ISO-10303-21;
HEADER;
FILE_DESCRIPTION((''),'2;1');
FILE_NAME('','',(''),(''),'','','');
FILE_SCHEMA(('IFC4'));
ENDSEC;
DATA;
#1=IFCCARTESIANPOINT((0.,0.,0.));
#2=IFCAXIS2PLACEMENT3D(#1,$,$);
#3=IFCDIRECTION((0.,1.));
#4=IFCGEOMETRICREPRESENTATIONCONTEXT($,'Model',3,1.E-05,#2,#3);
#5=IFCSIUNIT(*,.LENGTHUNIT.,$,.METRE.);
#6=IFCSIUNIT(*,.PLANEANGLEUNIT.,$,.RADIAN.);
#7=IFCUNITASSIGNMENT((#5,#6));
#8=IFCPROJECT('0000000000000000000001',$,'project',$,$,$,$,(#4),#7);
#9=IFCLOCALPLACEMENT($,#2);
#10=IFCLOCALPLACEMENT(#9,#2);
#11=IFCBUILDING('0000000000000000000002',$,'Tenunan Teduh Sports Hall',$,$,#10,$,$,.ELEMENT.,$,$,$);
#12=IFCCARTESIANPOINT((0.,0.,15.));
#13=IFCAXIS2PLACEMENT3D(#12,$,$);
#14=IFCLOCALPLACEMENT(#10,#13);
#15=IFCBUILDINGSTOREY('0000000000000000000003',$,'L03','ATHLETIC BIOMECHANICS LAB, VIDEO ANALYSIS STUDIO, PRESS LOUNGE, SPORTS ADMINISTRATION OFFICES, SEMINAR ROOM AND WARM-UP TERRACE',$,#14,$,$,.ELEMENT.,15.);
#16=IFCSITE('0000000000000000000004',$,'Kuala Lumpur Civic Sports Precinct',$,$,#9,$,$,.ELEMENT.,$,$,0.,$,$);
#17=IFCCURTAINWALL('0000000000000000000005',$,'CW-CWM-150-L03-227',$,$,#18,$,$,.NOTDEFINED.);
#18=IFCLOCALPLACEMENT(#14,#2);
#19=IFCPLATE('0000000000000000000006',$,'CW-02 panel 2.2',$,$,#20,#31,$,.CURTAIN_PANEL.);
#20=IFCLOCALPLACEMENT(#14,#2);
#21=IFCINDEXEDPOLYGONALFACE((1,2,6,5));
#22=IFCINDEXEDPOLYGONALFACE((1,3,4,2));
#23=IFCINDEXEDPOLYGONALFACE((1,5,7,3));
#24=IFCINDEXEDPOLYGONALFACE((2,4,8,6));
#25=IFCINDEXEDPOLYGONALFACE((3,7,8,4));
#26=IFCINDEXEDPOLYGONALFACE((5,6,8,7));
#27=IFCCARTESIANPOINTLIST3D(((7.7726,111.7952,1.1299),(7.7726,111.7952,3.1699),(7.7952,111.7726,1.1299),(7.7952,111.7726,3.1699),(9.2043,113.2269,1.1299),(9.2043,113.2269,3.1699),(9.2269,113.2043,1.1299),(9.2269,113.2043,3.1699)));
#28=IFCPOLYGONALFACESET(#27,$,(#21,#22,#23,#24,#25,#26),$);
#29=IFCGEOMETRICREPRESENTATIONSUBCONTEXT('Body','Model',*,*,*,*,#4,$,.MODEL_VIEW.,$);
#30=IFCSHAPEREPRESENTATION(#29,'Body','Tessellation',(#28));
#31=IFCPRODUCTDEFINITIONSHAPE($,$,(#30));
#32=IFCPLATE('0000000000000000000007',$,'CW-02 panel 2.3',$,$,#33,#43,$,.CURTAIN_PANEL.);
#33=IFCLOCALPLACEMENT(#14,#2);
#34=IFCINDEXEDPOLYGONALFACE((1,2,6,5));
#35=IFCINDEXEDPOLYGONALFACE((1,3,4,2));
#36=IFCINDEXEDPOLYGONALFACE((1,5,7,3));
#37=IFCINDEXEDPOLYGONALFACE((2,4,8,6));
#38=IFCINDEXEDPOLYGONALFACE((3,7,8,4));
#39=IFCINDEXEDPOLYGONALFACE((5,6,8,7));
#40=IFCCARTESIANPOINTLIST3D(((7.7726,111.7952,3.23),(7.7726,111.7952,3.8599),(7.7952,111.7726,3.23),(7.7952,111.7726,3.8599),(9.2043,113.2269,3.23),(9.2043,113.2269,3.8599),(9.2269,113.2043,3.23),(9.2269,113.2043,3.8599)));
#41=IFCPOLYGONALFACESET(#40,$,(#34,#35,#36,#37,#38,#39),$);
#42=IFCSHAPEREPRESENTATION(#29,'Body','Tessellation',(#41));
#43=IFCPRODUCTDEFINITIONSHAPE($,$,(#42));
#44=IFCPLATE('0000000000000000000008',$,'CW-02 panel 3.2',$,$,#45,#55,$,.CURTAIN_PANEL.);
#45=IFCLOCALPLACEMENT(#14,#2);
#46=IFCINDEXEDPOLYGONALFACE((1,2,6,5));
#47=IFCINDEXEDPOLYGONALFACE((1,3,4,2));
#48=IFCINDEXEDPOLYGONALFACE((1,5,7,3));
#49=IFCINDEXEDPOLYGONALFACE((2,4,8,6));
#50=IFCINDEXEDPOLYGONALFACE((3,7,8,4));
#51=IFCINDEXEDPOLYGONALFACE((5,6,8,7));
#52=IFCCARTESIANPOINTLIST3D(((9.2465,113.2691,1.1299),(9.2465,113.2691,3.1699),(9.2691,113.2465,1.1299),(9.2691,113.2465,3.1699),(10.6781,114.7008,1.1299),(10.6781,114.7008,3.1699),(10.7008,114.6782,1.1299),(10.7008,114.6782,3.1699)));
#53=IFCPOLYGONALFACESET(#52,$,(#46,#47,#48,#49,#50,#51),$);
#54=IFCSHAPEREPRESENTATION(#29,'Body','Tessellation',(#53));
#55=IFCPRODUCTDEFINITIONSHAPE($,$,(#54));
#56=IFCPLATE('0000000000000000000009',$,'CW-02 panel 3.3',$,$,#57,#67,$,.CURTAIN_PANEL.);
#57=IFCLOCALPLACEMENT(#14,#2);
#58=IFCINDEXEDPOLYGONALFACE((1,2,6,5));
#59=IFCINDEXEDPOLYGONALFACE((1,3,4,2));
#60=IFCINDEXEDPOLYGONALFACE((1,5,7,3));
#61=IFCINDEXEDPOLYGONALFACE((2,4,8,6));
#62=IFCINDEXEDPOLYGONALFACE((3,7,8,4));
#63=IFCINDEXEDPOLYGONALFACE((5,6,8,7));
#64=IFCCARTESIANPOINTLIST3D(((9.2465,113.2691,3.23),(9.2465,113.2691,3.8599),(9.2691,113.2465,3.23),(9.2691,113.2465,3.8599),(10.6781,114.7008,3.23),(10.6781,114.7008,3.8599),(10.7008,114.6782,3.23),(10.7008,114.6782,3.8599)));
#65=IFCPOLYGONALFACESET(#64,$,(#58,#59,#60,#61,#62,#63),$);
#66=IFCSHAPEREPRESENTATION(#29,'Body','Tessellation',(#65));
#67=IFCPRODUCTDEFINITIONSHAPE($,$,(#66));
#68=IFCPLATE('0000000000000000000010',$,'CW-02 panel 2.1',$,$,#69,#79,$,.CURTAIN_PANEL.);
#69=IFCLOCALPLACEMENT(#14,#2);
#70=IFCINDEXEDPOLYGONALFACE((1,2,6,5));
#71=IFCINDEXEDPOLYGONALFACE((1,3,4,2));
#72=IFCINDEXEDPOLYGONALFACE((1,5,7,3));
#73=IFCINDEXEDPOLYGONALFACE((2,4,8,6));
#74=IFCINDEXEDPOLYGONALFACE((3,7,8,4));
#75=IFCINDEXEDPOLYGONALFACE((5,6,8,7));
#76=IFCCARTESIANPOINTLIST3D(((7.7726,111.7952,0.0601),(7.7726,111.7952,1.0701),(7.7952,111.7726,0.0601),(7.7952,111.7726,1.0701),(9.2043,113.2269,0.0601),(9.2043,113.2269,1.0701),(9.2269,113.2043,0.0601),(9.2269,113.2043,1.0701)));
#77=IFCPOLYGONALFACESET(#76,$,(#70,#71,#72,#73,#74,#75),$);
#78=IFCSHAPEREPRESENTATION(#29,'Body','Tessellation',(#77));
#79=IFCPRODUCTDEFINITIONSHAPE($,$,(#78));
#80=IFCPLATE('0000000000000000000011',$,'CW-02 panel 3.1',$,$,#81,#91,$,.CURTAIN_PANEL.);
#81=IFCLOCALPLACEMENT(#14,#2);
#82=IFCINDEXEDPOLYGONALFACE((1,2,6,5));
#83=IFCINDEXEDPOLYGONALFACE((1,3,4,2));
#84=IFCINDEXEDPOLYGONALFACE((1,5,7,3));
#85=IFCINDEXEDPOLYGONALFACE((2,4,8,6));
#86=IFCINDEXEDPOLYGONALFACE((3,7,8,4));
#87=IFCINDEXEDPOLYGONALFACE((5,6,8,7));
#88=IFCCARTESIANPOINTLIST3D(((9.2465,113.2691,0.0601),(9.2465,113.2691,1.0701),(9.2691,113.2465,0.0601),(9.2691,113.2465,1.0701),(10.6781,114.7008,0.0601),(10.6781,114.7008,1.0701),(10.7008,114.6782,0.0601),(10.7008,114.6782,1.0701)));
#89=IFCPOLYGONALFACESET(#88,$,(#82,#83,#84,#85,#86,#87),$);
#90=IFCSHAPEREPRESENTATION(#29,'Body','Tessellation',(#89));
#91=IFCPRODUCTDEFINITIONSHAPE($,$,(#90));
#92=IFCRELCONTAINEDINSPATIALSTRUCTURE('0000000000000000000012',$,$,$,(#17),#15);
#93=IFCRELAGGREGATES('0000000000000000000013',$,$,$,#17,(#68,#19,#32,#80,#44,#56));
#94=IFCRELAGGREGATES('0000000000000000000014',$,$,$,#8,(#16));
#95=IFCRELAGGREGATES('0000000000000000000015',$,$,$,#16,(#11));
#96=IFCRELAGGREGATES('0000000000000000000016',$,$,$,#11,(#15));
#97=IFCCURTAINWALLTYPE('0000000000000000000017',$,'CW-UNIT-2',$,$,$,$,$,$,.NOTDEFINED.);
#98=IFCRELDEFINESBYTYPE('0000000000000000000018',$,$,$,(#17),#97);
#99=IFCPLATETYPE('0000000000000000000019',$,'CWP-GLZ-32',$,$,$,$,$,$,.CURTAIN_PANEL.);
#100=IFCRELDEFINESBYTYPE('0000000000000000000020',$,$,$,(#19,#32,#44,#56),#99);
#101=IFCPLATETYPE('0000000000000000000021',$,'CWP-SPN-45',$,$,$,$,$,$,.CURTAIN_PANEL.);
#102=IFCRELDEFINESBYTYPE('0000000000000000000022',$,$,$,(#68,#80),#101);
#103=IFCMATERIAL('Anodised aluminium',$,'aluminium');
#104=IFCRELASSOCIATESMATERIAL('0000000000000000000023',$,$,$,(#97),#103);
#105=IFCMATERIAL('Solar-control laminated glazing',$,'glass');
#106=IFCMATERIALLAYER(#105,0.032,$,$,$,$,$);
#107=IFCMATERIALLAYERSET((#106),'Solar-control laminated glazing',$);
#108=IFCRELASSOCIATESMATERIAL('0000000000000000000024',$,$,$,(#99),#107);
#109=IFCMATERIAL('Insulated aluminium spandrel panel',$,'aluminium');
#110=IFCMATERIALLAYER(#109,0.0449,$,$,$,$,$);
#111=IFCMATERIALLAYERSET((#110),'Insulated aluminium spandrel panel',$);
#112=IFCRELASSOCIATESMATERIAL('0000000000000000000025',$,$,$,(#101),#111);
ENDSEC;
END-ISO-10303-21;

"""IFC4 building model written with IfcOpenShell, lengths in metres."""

from ifc_helpers import new_model, si_unit, direction, frame, origin, origin_2d, place, context, subcontext, project, spatial, rectangle, extrude, material, layer, layer_set, type_object, element, aggregate, save


model = new_model("IFC4")

# Units and contexts
model_context = context("Model", 3, precision=1e-05, world=origin(), true_north=direction((0.0, 1.0)))
body_context = subcontext(model_context, "Body", "Model", "MODEL_VIEW")
ifc_project = project(units=[si_unit("LENGTHUNIT", "METRE"), si_unit("PLANEANGLEUNIT", "RADIAN")], contexts=[model_context])

# Site, building, storey
site_placement = place(None, origin())
site = spatial("IfcSite", under=ifc_project, at=site_placement, Name="Kuala Lumpur Civic Sports Precinct", CompositionType="ELEMENT", RefElevation=0.0)
building_placement = place(site_placement, origin())
building = spatial("IfcBuilding", under=site, at=building_placement, Name="Tenunan Teduh Sports Hall", CompositionType="ELEMENT")
storey_placement = place(building_placement, frame((0.0, 0.0, 15.0)))
storey = spatial("IfcBuildingStorey", under=building, at=storey_placement, Name="L03", Description="ATHLETIC BIOMECHANICS LAB, VIDEO ANALYSIS STUDIO, PRESS LOUNGE, SPORTS ADMINISTRATION OFFICES, SEMINAR ROOM AND WARM-UP TERRACE", CompositionType="ELEMENT", Elevation=15.0)

# Curtain wall, plates
ifc_material_1 = material(Name="Anodised aluminium", Category="aluminium")
curtain_wall_type = type_object("IfcCurtainWallType", Name="CW-UNIT-2", PredefinedType="NOTDEFINED", material=ifc_material_1)
curtain_wall_placement = place(storey_placement, origin())
curtain_wall = element("IfcCurtainWall", 1, at=curtain_wall_placement, inside=storey, type_object=curtain_wall_type, Name="CW-CWM-150-L03-227", PredefinedType="NOTDEFINED")
ifc_material_2 = material(Name="Solar-control laminated glazing", Category="glass")
ifc_layer_1 = layer(ifc_material_2, 0.032)
ifc_layer_set_1 = layer_set([ifc_layer_1], Name="Solar-control laminated glazing")
plate_type_1 = type_object("IfcPlateType", Name="CWP-GLZ-32", PredefinedType="CURTAIN_PANEL", material=ifc_layer_set_1)
plate_1_placement = place(storey_placement, frame((8.4998, 112.4998, 1.1299), z_axis=(0.0, 0.0, 1.0), x_axis=(0.707102, 0.707112, 0.0)))
plate_1 = element("IfcPlate", 2, at=plate_1_placement, type_object=plate_type_1, Name="CW-02 panel 2.2", PredefinedType="CURTAIN_PANEL", context=body_context, shape_type="SweptSolid", body=[
    extrude(rectangle(XDim=2.0247, YDim=0.032, at=origin_2d()), origin(), (0.0, 0.0, 1.0), 2.04),
])
plate_2_placement = place(storey_placement, frame((8.4998, 112.4998, 3.23), z_axis=(0.0, 0.0, 1.0), x_axis=(0.707102, 0.707112, 0.0)))
plate_2 = element("IfcPlate", 3, at=plate_2_placement, type_object=plate_type_1, Name="CW-02 panel 2.3", PredefinedType="CURTAIN_PANEL", context=body_context, shape_type="SweptSolid", body=[
    extrude(rectangle(XDim=2.0247, YDim=0.032, at=origin_2d()), origin(), (0.0, 0.0, 1.0), 0.6299),
])
plate_3_placement = place(storey_placement, frame((9.9736, 113.9736, 1.1299), z_axis=(0.0, 0.0, 1.0), x_axis=(0.707102, 0.707112, 0.0)))
plate_3 = element("IfcPlate", 4, at=plate_3_placement, type_object=plate_type_1, Name="CW-02 panel 3.2", PredefinedType="CURTAIN_PANEL", context=body_context, shape_type="SweptSolid", body=[
    extrude(rectangle(XDim=2.0247, YDim=0.032, at=origin_2d()), origin(), (0.0, 0.0, 1.0), 2.04),
])
plate_4_placement = place(storey_placement, frame((9.9736, 113.9736, 3.23), z_axis=(0.0, 0.0, 1.0), x_axis=(0.707102, 0.707112, 0.0)))
plate_4 = element("IfcPlate", 5, at=plate_4_placement, type_object=plate_type_1, Name="CW-02 panel 3.3", PredefinedType="CURTAIN_PANEL", context=body_context, shape_type="SweptSolid", body=[
    extrude(rectangle(XDim=2.0247, YDim=0.032, at=origin_2d()), origin(), (0.0, 0.0, 1.0), 0.6299),
])
ifc_material_3 = material(Name="Insulated aluminium spandrel panel", Category="aluminium")
ifc_layer_2 = layer(ifc_material_3, 0.0449)
ifc_layer_set_2 = layer_set([ifc_layer_2], Name="Insulated aluminium spandrel panel")
plate_type_2 = type_object("IfcPlateType", Name="CWP-SPN-45", PredefinedType="CURTAIN_PANEL", material=ifc_layer_set_2)
plate_5_placement = place(storey_placement, frame((8.4998, 112.4998, 0.0601), z_axis=(0.0, 0.0, 1.0), x_axis=(0.707102, 0.707112, 0.0)))
plate_5 = element("IfcPlate", 6, at=plate_5_placement, type_object=plate_type_2, Name="CW-02 panel 2.1", PredefinedType="CURTAIN_PANEL", context=body_context, shape_type="SweptSolid", body=[
    extrude(rectangle(XDim=2.0247, YDim=0.032, at=origin_2d()), origin(), (0.0, 0.0, 1.0), 1.01),
])
plate_6_placement = place(storey_placement, frame((9.9736, 113.9736, 0.0601), z_axis=(0.0, 0.0, 1.0), x_axis=(0.707102, 0.707112, 0.0)))
plate_6 = element("IfcPlate", 7, at=plate_6_placement, type_object=plate_type_2, Name="CW-02 panel 3.1", PredefinedType="CURTAIN_PANEL", context=body_context, shape_type="SweptSolid", body=[
    extrude(rectangle(XDim=2.0247, YDim=0.032, at=origin_2d()), origin(), (0.0, 0.0, 1.0), 1.01),
])
aggregate(curtain_wall, [plate_5, plate_1, plate_2, plate_6, plate_3, plate_4])

save(model, "model.ifc")
